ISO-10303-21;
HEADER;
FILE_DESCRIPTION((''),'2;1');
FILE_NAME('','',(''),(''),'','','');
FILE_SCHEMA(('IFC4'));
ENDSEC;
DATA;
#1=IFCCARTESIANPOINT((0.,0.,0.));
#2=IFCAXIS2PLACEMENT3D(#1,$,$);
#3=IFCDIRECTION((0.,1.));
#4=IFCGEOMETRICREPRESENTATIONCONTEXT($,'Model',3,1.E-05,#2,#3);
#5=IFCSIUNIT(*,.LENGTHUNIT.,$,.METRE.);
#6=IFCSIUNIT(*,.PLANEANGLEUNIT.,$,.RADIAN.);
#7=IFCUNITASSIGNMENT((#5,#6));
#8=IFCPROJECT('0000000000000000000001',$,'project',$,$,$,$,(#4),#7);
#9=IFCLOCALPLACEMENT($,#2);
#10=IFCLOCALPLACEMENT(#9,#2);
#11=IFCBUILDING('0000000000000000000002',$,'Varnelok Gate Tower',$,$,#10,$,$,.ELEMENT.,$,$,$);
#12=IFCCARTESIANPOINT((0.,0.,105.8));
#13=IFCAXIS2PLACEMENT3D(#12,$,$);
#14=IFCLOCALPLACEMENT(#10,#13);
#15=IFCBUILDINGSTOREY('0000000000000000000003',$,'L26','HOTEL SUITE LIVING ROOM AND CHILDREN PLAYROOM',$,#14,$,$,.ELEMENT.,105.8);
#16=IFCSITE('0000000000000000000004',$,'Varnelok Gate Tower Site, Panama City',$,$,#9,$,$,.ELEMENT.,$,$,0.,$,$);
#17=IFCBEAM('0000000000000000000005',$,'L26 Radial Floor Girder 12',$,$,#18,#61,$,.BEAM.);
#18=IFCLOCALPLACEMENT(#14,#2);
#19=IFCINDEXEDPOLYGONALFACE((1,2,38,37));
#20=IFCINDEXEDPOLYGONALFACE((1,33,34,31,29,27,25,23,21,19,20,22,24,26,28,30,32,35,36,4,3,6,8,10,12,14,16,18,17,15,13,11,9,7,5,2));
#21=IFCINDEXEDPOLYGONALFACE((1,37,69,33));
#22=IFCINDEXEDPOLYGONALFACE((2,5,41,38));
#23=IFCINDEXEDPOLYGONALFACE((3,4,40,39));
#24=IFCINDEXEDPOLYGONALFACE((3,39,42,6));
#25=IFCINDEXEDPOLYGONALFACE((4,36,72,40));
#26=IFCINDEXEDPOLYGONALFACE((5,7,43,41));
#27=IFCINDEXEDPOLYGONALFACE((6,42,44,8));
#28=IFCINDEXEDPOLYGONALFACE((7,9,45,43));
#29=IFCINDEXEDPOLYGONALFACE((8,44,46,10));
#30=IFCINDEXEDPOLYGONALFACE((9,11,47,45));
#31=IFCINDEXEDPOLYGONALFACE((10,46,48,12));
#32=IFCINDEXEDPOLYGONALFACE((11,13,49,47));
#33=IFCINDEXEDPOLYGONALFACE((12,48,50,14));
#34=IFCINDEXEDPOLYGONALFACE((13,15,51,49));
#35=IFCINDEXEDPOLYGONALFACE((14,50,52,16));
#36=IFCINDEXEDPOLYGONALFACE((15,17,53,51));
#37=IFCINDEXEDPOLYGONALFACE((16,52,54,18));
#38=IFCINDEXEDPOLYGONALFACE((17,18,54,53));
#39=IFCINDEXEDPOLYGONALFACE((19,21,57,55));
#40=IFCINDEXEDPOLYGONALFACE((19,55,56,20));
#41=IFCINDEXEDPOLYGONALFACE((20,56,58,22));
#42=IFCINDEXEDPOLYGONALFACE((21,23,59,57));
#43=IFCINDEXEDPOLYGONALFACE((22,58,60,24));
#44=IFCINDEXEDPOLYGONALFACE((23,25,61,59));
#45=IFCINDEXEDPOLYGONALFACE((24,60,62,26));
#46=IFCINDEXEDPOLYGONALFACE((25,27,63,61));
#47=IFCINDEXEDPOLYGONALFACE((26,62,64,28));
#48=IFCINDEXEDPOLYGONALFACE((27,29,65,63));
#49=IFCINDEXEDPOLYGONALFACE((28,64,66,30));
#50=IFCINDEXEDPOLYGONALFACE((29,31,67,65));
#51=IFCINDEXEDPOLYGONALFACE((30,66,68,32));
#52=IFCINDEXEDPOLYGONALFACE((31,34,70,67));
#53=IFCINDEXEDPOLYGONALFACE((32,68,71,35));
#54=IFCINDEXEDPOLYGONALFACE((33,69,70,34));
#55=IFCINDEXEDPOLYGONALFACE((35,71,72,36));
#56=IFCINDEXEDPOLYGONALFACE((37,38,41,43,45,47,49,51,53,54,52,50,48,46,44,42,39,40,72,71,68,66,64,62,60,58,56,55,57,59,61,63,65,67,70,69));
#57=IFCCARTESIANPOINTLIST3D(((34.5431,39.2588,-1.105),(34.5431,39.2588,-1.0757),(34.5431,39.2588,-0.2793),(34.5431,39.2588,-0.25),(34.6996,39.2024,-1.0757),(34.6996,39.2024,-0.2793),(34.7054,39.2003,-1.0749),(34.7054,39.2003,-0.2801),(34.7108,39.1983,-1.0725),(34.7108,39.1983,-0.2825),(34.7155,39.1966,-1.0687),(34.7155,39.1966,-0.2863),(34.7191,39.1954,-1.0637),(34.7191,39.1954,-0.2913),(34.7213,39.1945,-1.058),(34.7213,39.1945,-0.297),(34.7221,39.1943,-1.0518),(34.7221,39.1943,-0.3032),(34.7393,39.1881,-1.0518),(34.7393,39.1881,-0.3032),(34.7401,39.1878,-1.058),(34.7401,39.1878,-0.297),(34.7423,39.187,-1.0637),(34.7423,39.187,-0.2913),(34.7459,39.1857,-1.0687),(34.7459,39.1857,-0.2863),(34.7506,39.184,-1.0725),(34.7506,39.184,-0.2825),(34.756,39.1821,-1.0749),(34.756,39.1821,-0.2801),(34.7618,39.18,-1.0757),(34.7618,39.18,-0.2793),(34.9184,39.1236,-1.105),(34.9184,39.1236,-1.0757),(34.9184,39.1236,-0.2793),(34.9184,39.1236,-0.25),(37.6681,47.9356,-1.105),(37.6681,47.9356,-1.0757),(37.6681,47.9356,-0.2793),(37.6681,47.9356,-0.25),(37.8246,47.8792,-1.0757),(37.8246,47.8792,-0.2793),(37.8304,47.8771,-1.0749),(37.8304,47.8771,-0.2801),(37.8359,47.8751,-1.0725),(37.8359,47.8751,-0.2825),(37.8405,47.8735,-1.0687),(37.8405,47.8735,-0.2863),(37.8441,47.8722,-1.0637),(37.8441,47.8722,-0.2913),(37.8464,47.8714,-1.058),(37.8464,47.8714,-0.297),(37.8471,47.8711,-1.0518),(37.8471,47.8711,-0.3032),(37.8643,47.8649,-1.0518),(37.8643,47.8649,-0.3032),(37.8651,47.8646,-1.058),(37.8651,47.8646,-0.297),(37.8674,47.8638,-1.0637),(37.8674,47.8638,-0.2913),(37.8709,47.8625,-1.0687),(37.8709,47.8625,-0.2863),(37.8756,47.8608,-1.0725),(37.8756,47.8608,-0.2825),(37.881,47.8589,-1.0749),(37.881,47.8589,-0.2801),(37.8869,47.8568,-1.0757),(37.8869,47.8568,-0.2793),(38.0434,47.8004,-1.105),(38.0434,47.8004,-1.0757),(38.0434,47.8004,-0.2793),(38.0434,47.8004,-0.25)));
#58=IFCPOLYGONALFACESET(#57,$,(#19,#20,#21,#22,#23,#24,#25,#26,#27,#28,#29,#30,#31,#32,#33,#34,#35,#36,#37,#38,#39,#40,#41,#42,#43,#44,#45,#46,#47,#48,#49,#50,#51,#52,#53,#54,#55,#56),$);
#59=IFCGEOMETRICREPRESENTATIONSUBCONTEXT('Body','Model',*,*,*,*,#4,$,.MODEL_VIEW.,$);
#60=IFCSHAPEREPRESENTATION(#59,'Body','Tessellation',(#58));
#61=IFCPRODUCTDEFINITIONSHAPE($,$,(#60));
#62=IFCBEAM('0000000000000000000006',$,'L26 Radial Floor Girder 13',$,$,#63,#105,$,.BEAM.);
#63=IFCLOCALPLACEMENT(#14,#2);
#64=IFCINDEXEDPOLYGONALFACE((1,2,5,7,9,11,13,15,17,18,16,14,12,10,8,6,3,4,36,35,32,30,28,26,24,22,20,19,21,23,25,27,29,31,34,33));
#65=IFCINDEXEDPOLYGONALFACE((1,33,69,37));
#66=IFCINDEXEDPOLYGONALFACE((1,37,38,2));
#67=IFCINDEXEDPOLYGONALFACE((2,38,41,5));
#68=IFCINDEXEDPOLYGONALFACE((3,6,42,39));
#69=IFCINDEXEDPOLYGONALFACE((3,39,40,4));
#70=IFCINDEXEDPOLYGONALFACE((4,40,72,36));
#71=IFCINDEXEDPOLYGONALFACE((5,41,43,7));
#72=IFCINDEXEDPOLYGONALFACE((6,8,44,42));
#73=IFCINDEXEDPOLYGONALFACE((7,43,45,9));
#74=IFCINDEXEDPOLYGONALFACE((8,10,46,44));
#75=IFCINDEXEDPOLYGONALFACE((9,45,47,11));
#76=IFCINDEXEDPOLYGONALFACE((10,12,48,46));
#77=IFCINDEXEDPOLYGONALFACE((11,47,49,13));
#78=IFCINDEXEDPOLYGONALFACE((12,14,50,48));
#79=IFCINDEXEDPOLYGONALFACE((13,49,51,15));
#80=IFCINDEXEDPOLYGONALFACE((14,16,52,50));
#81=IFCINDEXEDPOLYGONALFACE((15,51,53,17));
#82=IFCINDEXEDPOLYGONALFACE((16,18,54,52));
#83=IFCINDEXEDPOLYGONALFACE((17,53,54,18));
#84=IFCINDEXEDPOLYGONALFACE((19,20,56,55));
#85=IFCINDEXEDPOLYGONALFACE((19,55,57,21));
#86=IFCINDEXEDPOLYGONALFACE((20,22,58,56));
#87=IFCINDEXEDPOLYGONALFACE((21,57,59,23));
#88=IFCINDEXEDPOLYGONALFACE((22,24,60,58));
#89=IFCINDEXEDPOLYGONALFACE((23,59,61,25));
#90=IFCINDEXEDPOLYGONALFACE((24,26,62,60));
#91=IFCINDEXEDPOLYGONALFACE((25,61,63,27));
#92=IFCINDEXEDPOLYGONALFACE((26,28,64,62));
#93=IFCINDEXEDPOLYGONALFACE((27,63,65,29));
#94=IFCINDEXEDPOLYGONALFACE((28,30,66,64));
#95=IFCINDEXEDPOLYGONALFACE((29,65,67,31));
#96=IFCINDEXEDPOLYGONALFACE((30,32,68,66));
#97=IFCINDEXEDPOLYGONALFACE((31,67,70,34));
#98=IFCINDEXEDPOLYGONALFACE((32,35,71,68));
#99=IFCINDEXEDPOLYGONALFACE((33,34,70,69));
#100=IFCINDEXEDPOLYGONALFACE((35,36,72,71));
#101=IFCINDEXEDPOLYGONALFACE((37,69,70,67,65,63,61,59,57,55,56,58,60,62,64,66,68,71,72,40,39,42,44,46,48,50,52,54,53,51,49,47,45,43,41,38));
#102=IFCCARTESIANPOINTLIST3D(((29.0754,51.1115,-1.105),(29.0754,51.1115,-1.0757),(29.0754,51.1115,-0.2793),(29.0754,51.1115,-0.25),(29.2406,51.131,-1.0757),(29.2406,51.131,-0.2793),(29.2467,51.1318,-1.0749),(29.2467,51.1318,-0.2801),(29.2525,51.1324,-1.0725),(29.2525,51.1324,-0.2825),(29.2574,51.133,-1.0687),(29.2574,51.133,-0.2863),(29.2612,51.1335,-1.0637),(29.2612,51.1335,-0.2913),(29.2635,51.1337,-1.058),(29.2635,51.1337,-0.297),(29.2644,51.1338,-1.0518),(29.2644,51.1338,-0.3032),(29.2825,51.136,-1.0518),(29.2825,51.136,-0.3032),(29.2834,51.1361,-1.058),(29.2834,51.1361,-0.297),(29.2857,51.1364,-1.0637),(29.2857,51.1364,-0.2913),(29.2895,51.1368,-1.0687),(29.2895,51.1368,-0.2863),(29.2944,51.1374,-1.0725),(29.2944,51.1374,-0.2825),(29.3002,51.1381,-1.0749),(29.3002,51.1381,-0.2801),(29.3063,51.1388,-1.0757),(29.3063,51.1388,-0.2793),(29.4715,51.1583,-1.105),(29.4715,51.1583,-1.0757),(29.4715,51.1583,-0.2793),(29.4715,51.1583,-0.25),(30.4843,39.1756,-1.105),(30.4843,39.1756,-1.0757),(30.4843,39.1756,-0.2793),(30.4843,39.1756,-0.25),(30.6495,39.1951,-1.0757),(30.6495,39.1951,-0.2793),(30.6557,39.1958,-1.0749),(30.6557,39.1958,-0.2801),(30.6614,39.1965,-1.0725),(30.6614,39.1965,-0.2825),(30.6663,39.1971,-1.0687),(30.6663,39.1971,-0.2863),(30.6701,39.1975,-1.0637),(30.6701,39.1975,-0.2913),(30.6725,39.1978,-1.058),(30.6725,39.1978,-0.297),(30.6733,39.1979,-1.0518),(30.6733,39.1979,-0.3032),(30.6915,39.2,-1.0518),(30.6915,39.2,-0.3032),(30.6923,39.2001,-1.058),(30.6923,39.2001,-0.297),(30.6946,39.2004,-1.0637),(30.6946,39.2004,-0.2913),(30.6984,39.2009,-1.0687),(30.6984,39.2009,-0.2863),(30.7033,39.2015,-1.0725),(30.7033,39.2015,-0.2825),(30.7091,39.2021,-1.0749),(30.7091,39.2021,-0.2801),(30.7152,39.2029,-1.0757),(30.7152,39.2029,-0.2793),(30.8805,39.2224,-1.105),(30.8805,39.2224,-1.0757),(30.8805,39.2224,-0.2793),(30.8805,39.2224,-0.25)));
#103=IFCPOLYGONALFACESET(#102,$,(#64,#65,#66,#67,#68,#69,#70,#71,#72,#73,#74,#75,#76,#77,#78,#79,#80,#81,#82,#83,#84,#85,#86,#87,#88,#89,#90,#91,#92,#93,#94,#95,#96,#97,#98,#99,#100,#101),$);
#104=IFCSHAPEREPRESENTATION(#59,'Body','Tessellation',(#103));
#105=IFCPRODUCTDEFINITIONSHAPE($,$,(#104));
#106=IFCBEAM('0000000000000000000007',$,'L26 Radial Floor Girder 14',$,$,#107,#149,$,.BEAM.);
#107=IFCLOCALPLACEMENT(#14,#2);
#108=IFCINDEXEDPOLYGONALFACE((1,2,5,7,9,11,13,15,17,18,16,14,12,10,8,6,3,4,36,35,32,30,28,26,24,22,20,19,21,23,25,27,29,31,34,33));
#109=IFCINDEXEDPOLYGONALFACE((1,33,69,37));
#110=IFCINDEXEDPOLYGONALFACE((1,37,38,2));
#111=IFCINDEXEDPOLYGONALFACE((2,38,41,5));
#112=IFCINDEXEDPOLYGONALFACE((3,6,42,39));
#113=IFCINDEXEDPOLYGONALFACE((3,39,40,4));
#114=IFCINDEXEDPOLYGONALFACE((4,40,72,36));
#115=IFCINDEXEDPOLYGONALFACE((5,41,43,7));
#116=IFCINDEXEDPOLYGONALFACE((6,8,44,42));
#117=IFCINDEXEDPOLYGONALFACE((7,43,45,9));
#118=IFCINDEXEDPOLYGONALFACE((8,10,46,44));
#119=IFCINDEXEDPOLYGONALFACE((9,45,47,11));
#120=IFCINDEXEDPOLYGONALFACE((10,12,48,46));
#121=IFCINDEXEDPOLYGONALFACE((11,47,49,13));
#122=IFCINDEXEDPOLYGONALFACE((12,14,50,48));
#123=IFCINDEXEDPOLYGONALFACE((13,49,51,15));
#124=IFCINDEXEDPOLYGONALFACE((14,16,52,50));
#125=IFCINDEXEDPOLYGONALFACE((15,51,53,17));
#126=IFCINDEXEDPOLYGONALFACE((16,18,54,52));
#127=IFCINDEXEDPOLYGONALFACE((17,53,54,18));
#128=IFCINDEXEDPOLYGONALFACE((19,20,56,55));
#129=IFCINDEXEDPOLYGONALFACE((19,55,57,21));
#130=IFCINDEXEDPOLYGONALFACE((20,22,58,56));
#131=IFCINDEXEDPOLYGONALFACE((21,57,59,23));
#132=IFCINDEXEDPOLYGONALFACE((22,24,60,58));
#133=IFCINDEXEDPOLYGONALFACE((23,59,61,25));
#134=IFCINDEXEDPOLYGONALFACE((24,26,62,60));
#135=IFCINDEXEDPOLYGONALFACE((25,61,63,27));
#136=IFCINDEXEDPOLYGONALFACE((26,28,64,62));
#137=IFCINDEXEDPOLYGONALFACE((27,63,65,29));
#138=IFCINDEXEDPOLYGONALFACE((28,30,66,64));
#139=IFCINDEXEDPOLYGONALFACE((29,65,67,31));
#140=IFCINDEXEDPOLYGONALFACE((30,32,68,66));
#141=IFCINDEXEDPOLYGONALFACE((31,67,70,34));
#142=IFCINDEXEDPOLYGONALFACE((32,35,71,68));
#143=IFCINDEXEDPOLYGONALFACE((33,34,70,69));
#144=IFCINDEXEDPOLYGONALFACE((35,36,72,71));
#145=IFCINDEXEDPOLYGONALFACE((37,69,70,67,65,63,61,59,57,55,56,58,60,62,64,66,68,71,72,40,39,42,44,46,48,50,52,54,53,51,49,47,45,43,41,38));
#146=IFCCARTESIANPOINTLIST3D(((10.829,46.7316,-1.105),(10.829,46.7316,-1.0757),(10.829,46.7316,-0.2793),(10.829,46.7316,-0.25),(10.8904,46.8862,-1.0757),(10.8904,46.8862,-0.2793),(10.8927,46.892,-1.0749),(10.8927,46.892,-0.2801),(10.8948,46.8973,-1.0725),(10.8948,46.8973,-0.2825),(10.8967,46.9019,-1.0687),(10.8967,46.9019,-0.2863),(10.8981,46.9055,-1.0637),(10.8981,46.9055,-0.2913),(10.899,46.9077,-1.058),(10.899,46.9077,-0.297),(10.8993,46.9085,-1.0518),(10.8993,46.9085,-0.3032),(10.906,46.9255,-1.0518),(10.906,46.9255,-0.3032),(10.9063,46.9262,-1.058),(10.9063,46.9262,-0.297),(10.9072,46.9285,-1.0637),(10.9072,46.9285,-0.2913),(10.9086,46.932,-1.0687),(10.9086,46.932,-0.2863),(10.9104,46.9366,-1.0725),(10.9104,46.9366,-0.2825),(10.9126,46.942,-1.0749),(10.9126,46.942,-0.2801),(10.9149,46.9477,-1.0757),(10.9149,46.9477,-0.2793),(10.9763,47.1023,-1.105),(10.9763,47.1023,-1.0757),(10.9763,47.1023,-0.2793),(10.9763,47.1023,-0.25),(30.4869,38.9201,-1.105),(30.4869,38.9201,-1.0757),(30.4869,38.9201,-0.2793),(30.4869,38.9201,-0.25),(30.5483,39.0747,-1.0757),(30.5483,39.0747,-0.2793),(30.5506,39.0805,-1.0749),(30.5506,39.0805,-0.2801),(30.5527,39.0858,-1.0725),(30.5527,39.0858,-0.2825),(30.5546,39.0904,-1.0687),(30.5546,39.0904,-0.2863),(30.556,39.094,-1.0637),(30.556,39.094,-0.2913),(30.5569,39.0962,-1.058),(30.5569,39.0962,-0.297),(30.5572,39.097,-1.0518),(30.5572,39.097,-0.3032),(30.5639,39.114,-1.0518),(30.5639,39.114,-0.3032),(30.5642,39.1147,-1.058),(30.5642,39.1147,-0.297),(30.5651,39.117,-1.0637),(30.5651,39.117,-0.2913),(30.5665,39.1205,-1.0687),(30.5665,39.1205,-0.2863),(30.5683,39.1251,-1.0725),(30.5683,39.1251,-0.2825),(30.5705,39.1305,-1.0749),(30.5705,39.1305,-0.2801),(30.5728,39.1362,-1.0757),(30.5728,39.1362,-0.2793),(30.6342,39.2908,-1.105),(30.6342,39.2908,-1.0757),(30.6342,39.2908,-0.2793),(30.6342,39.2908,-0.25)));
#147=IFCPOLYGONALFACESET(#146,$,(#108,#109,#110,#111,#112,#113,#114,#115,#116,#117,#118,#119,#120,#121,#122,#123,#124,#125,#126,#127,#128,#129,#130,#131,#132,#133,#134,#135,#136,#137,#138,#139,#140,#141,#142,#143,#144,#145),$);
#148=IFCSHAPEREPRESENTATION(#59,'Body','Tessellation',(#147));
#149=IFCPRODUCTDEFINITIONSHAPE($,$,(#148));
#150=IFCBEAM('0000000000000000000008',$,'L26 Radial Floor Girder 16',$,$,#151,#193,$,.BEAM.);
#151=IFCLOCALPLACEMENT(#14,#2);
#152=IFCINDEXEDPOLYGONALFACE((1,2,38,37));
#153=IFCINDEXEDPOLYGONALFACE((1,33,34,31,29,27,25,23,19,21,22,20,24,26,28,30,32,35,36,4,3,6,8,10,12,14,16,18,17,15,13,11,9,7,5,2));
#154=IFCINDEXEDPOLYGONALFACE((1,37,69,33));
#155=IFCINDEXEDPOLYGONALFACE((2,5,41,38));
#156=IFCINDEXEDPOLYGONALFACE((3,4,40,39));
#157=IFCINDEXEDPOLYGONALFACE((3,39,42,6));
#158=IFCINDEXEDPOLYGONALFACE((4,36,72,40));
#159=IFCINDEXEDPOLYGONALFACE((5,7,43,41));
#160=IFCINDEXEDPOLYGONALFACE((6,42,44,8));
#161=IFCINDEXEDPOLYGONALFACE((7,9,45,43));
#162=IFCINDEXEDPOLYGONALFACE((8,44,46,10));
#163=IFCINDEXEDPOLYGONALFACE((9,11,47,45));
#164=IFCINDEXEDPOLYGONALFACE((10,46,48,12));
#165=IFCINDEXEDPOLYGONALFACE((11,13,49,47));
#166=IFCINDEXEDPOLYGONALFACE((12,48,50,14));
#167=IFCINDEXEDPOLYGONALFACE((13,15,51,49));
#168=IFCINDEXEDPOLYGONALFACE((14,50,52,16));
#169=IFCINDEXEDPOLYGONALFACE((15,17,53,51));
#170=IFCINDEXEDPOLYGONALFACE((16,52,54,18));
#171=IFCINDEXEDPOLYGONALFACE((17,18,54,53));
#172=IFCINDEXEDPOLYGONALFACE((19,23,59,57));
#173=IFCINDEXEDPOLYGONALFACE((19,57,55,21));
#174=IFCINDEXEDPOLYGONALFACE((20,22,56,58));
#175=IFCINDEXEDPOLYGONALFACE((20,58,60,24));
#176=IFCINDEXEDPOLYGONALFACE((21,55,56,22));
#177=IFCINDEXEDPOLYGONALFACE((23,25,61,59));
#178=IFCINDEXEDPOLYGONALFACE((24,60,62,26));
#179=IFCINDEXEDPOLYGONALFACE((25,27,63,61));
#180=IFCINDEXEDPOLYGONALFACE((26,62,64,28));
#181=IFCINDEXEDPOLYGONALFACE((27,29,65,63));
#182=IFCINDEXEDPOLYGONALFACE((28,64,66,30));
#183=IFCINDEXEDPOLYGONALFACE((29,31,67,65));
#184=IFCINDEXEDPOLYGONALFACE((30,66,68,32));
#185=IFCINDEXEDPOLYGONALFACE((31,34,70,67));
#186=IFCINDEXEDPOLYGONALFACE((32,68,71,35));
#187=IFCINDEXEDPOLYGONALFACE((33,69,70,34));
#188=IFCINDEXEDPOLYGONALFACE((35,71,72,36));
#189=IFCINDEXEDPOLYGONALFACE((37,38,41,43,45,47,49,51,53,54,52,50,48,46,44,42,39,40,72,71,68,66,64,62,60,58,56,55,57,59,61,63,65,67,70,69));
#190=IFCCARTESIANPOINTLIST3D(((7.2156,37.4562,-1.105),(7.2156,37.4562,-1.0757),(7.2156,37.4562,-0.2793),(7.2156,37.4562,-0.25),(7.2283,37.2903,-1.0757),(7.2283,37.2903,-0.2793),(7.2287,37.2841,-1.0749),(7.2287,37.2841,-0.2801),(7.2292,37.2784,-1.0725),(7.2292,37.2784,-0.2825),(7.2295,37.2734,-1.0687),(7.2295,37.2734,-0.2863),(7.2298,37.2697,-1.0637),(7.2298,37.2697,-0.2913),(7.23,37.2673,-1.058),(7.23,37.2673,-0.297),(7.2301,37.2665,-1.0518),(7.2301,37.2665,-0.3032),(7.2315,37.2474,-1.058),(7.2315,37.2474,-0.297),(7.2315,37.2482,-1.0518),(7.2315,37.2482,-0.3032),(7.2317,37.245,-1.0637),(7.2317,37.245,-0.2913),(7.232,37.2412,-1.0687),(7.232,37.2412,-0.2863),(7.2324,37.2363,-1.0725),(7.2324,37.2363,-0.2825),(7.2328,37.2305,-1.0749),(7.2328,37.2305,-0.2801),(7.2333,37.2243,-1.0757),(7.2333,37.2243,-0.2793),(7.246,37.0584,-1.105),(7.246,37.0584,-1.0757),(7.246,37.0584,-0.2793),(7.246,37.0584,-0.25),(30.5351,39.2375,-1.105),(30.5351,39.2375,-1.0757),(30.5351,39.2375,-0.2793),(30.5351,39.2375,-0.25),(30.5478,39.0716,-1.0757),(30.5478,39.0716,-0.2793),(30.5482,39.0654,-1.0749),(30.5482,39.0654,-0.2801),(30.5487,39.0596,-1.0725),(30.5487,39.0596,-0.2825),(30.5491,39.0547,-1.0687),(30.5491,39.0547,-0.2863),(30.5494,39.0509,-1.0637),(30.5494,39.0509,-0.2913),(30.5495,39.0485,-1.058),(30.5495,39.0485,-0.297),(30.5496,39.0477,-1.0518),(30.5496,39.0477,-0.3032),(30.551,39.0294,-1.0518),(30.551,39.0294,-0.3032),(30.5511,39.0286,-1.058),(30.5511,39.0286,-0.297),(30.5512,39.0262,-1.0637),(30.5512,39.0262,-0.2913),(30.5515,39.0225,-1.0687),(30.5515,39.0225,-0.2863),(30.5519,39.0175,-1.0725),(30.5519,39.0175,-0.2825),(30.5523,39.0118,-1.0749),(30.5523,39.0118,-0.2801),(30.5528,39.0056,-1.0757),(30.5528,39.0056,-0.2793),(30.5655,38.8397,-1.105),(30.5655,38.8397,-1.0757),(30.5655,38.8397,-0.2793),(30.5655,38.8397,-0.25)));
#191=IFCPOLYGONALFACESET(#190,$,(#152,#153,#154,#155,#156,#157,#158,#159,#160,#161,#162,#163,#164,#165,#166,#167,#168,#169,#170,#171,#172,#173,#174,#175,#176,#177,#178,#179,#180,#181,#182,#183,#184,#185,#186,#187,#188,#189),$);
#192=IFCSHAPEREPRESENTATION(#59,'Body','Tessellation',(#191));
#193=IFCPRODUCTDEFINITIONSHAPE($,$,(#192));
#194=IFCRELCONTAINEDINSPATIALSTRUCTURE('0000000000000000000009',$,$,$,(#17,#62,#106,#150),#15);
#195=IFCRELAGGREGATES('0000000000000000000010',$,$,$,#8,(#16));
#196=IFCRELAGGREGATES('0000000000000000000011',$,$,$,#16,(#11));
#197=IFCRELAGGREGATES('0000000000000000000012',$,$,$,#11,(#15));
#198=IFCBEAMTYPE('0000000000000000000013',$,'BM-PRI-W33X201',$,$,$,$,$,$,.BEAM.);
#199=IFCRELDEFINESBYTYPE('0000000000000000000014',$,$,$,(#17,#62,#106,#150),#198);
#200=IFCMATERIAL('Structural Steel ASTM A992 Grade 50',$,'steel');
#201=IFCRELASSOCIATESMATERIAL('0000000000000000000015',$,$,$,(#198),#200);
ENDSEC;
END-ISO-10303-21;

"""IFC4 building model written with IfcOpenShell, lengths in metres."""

from ifc_helpers import new_model, si_unit, direction, frame, origin, origin_2d, place, context, subcontext, project, spatial, i_section, extrude, material, material_profile, profile_set, type_object, element, save


model = new_model("IFC4")

# Units and contexts
model_context = context("Model", 3, precision=1e-05, world=origin(), true_north=direction((0.0, 1.0)))
body_context = subcontext(model_context, "Body", "Model", "MODEL_VIEW")
ifc_project = project(units=[si_unit("LENGTHUNIT", "METRE"), si_unit("PLANEANGLEUNIT", "RADIAN")], contexts=[model_context])

# Site, building, storey
site_placement = place(None, origin())
site = spatial("IfcSite", under=ifc_project, at=site_placement, Name="Varnelok Gate Tower Site, Panama City", CompositionType="ELEMENT", RefElevation=0.0)
building_placement = place(site_placement, origin())
building = spatial("IfcBuilding", under=site, at=building_placement, Name="Varnelok Gate Tower", CompositionType="ELEMENT")
storey_placement = place(building_placement, frame((0.0, 0.0, 105.8)))
storey = spatial("IfcBuildingStorey", under=building, at=storey_placement, Name="L26", Description="HOTEL SUITE LIVING ROOM AND CHILDREN PLAYROOM", CompositionType="ELEMENT", Elevation=105.8)

# Shared definitions
ifc_material_1 = material(Name="Structural Steel ASTM A992 Grade 50", Category="steel")

# Beams
ifc_material_profile_1 = material_profile(ifc_material_1, i_section(OverallWidth=0.3989, OverallDepth=0.855, WebThickness=0.0183, FlangeThickness=0.0293, FilletRadius=0.0239, at=origin_2d()), Name="W33X201")
ifc_profile_set_1 = profile_set([ifc_material_profile_1], Name="Structural Steel ASTM A992 Grade 50")
beam_type_1 = type_object("IfcBeamType", Name="BM-PRI-W33X201", PredefinedType="BEAM", material=ifc_profile_set_1)
beam_1_placement = place(storey_placement, frame((34.7307, 39.1912, -0.6775), z_axis=(0.338851, 0.94084, 0.0), x_axis=(-0.94084, 0.338851, 0.0)))
element("IfcBeam", 1, at=beam_1_placement, inside=storey, type_object=beam_type_1, Name="L26 Radial Floor Girder 12", PredefinedType="BEAM", context=body_context, shape_type="SweptSolid", body=[
    extrude(i_section(OverallWidth=0.3989, OverallDepth=0.855, WebThickness=0.0183, FlangeThickness=0.0293, FilletRadius=0.0239, at=origin_2d()), origin(), (0.0, 0.0, 1.0), 9.2224),
])
beam_2_placement = place(storey_placement, frame((30.6824, 39.199, -0.6775), z_axis=(-0.117227, 0.993105, 0.0), x_axis=(-0.993105, -0.117227, 0.0)))
element("IfcBeam", 2, at=beam_2_placement, inside=storey, type_object=beam_type_1, Name="L26 Radial Floor Girder 13", PredefinedType="BEAM", context=body_context, shape_type="SweptSolid", body=[
    extrude(i_section(OverallWidth=0.3989, OverallDepth=0.855, WebThickness=0.0183, FlangeThickness=0.0293, FilletRadius=0.0239, at=origin_2d()), origin(), (0.0, 0.0, 1.0), 12.0188),
])
beam_3_placement = place(storey_placement, frame((30.5605, 39.1055, -0.6775), z_axis=(-0.929316, 0.369284, 0.0), x_axis=(-0.369284, -0.929316, 0.0)))
element("IfcBeam", 3, at=beam_3_placement, inside=storey, type_object=beam_type_1, Name="L26 Radial Floor Girder 14", PredefinedType="BEAM", context=body_context, shape_type="SweptSolid", body=[
    extrude(i_section(OverallWidth=0.3989, OverallDepth=0.855, WebThickness=0.0183, FlangeThickness=0.0293, FilletRadius=0.0239, at=origin_2d()), origin(), (0.0, 0.0, 1.0), 21.1531),
])
beam_4_placement = place(storey_placement, frame((30.5503, 39.0386, -0.6775), z_axis=(-0.997095, -0.076162, 0.0), x_axis=(0.076162, -0.997095, 0.0)))
element("IfcBeam", 4, at=beam_4_placement, inside=storey, type_object=beam_type_1, Name="L26 Radial Floor Girder 16", PredefinedType="BEAM", context=body_context, shape_type="SweptSolid", body=[
    extrude(i_section(OverallWidth=0.3989, OverallDepth=0.855, WebThickness=0.0183, FlangeThickness=0.0293, FilletRadius=0.0239, at=origin_2d()), origin(), (0.0, 0.0, 1.0), 23.3875),
])

save(model, "model.ifc")
